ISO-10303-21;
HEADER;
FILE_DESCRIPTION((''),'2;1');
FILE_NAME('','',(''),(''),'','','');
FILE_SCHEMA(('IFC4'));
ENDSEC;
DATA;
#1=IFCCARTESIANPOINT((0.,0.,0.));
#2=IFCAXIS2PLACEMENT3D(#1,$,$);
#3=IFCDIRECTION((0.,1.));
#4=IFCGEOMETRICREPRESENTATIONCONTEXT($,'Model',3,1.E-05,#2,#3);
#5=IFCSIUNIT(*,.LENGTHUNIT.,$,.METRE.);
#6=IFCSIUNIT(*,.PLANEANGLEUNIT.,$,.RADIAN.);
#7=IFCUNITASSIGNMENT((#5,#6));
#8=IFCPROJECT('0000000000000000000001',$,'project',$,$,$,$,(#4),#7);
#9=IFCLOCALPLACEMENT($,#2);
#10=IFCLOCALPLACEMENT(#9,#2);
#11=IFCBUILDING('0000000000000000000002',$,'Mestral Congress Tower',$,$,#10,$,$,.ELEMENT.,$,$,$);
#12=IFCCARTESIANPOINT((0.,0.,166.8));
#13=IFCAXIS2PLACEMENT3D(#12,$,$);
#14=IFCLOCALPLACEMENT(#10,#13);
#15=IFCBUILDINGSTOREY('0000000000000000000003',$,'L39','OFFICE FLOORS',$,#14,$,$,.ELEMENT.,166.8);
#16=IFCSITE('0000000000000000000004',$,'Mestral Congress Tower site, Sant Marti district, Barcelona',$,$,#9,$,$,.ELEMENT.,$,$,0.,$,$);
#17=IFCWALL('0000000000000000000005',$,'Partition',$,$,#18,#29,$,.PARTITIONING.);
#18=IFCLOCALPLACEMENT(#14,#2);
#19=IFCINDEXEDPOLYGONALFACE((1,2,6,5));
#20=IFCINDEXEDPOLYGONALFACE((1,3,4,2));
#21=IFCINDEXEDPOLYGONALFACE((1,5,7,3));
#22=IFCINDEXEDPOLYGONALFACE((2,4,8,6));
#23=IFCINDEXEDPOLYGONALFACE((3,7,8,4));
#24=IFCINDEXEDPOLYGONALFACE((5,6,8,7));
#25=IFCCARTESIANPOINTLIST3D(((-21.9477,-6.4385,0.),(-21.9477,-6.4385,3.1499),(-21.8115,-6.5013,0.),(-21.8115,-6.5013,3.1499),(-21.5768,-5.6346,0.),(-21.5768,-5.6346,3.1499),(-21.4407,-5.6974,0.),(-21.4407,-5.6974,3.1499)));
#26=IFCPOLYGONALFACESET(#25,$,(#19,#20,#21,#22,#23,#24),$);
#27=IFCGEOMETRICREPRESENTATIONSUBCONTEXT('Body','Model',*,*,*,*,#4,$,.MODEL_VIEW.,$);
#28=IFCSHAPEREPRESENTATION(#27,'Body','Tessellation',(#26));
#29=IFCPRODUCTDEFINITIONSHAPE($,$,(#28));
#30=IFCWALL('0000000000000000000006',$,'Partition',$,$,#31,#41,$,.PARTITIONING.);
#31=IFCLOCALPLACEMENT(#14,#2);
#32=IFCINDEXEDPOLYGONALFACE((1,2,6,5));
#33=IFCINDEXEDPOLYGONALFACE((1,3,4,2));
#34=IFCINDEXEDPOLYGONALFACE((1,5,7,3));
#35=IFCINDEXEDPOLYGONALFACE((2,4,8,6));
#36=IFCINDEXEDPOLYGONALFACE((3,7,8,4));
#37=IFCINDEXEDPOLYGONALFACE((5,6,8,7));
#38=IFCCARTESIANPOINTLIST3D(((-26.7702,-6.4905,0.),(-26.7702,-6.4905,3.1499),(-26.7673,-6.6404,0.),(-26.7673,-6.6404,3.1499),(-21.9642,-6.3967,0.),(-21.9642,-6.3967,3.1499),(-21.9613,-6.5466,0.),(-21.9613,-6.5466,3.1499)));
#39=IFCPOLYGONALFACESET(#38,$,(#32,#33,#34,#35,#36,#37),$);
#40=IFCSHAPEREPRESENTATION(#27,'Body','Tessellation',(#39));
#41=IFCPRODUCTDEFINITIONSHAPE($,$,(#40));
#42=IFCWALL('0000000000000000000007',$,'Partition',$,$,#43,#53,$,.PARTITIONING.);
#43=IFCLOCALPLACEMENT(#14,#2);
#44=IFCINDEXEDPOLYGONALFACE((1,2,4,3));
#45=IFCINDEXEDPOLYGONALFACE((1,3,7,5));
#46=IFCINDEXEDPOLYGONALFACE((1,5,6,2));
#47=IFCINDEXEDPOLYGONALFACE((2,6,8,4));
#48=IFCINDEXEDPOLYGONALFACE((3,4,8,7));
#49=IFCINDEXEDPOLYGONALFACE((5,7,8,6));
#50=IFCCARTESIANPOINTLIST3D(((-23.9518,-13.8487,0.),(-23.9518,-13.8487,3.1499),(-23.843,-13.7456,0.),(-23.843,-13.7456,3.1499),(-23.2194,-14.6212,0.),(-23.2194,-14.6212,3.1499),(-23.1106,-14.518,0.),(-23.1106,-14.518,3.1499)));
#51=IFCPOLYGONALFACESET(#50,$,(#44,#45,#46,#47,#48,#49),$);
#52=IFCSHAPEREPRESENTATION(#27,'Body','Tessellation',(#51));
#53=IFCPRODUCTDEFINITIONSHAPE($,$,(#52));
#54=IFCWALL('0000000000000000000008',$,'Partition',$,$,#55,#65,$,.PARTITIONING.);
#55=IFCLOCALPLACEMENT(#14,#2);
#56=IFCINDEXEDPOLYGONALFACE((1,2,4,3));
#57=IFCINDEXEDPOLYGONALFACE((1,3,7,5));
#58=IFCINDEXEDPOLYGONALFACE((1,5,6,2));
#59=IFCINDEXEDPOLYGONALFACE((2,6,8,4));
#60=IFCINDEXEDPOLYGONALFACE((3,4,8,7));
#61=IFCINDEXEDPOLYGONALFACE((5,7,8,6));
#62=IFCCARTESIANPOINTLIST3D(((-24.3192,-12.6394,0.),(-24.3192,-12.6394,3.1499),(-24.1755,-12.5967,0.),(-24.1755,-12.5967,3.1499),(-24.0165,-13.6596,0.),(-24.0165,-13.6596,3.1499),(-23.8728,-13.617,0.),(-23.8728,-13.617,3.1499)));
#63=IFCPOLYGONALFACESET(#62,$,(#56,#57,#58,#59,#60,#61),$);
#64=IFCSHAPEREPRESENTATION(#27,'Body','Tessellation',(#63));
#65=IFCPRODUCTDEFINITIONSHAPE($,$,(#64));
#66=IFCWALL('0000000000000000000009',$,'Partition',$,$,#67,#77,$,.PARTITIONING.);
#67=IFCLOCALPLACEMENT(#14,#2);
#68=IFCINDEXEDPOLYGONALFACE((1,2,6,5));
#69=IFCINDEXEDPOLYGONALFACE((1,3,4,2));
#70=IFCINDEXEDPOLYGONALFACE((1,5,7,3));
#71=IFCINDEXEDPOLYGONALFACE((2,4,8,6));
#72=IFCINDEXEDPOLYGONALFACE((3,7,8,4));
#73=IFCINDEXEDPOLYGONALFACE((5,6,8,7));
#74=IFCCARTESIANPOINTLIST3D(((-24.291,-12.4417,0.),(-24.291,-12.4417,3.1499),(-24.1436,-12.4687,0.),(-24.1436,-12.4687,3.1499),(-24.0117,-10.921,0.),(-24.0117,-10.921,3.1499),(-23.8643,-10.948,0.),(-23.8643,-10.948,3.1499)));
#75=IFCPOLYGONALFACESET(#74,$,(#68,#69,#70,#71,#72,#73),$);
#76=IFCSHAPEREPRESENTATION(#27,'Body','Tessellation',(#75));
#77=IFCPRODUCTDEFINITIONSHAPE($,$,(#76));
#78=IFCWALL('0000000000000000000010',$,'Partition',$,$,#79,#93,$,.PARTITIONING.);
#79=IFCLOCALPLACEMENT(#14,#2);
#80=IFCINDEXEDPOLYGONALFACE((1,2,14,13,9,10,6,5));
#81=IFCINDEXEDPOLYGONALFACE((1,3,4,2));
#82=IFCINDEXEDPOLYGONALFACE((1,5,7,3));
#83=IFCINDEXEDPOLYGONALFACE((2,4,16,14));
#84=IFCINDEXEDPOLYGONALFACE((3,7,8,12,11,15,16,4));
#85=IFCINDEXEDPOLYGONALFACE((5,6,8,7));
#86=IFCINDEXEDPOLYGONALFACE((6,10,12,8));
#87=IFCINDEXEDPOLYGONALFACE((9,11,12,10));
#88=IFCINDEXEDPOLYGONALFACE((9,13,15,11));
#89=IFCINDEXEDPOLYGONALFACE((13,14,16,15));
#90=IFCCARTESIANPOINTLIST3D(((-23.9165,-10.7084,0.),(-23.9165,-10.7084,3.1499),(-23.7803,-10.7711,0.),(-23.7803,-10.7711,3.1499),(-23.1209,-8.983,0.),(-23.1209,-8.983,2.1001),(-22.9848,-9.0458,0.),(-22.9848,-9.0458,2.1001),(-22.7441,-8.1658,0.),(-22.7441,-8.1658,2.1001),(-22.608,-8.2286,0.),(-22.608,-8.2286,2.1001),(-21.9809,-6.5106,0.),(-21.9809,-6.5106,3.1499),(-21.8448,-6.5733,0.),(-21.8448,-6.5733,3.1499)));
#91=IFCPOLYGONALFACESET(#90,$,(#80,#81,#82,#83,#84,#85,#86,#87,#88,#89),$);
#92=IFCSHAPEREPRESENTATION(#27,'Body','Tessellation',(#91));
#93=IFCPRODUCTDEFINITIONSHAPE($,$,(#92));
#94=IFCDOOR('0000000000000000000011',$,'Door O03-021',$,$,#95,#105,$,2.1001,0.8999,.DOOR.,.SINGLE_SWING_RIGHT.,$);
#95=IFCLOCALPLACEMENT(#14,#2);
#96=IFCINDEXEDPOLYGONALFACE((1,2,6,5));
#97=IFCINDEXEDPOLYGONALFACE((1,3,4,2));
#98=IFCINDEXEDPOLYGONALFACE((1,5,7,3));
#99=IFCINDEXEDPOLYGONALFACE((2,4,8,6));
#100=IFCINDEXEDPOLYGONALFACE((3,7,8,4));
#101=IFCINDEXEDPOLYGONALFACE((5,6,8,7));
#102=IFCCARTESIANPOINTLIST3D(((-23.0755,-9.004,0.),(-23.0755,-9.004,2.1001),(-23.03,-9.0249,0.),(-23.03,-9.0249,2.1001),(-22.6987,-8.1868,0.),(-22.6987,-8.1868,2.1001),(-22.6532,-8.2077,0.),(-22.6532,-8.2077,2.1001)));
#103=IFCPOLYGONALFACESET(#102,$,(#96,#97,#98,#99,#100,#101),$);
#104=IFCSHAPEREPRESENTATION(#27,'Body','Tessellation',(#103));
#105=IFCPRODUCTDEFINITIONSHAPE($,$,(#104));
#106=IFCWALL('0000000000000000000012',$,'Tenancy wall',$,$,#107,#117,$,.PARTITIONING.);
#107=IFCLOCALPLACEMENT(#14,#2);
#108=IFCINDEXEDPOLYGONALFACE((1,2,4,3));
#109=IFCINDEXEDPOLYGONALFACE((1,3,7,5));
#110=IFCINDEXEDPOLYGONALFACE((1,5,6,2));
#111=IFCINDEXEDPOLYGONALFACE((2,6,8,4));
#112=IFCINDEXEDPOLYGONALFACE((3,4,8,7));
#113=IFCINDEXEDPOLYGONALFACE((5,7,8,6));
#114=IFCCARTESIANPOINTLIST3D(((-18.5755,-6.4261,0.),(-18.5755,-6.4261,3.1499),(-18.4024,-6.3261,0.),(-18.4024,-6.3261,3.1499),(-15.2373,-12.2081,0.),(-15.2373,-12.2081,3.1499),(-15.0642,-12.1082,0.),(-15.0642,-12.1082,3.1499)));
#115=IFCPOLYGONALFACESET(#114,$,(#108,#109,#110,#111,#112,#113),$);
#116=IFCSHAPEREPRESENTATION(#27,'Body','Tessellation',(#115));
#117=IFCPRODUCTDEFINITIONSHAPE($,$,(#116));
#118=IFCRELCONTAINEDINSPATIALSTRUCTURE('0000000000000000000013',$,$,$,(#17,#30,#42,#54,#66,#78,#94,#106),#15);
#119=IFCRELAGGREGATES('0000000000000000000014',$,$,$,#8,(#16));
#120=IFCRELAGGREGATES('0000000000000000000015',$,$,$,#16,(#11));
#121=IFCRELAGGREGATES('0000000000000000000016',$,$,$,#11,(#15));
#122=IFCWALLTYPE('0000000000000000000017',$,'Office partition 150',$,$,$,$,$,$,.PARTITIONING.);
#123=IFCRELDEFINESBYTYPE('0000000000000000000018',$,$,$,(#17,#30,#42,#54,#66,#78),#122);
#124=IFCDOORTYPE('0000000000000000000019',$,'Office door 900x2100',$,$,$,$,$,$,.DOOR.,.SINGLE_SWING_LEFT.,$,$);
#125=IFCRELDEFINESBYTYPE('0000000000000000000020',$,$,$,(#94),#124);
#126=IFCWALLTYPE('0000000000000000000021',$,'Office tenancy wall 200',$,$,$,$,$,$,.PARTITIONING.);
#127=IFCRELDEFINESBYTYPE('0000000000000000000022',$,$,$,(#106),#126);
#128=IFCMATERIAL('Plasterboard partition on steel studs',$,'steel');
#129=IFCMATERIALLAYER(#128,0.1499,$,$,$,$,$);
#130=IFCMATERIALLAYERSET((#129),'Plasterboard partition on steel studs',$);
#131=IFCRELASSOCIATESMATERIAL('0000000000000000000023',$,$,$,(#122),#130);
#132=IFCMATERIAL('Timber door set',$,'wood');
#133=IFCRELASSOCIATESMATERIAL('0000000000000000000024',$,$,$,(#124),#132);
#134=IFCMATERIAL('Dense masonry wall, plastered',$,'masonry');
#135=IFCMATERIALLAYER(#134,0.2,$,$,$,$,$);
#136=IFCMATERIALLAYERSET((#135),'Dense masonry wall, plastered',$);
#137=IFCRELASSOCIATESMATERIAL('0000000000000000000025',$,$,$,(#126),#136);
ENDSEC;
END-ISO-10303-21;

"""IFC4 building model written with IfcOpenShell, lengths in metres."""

from ifc_helpers import new_model, si_unit, direction, frame, frame_2d, origin, place, context, subcontext, project, spatial, rectangle, extrude, material, layer, layer_set, type_object, element, fill, save


model = new_model("IFC4")

# Units and contexts
model_context = context("Model", 3, precision=1e-05, world=origin(), true_north=direction((0.0, 1.0)))
body_context = subcontext(model_context, "Body", "Model", "MODEL_VIEW")
ifc_project = project(units=[si_unit("LENGTHUNIT", "METRE"), si_unit("PLANEANGLEUNIT", "RADIAN")], contexts=[model_context])

# Site, building, storey
site_placement = place(None, origin())
site = spatial("IfcSite", under=ifc_project, at=site_placement, Name="Mestral Congress Tower site, Sant Marti district, Barcelona", CompositionType="ELEMENT", RefElevation=0.0)
building_placement = place(site_placement, origin())
building = spatial("IfcBuilding", under=site, at=building_placement, Name="Mestral Congress Tower", CompositionType="ELEMENT")
storey_placement = place(building_placement, frame((0.0, 0.0, 166.8)))
storey = spatial("IfcBuildingStorey", under=building, at=storey_placement, Name="L39", Description="OFFICE FLOORS", CompositionType="ELEMENT", Elevation=166.8)

# Shared definitions
ifc_material_1 = material(Name="Plasterboard partition on steel studs", Category="steel")
ifc_layer_1 = layer(ifc_material_1, 0.1499)
ifc_layer_set_1 = layer_set([ifc_layer_1], Name="Plasterboard partition on steel studs")
wall_type_1 = type_object("IfcWallType", Name="Office partition 150", PredefinedType="PARTITIONING", material=ifc_layer_set_1)
ifc_material_2 = material(Name="Timber door set", Category="wood")
door_type = type_object("IfcDoorType", Name="Office door 900x2100", OperationType="SINGLE_SWING_LEFT", PredefinedType="DOOR", material=ifc_material_2)

# Walls
wall_1_placement = place(storey_placement, frame((-21.5088, -5.666, 0.0), z_axis=(0.0, 0.0, 1.0), x_axis=(-0.418866, -0.908048, 0.0)))
element("IfcWall", 1, at=wall_1_placement, inside=storey, type_object=wall_type_1, Name="Partition", PredefinedType="PARTITIONING", context=body_context, shape_type="SweptSolid", body=[
    extrude(rectangle(XDim=0.8853, YDim=0.1499, at=frame_2d((0.4426, 0.0))), origin(), (0.0, 0.0, 1.0), 3.1499),
])
wall_2_placement = place(storey_placement, frame((-21.9629, -6.4717, 0.0), z_axis=(0.0, 0.0, 1.0), x_axis=(-0.99981, -0.019504, 0.0)))
element("IfcWall", 2, at=wall_2_placement, inside=storey, type_object=wall_type_1, Name="Partition", PredefinedType="PARTITIONING", context=body_context, shape_type="SweptSolid", body=[
    extrude(rectangle(XDim=4.8069, YDim=0.1499, at=frame_2d((2.4033, 0.0))), origin(), (0.0, 0.0, 1.0), 3.1499),
])
wall_3_placement = place(storey_placement, frame((-23.165, -14.5696, 0.0), z_axis=(0.0, 0.0, 1.0), x_axis=(-0.68805, 0.725663, 0.0)))
element("IfcWall", 3, at=wall_3_placement, inside=storey, type_object=wall_type_1, Name="Partition", PredefinedType="PARTITIONING", context=body_context, shape_type="SweptSolid", body=[
    extrude(rectangle(XDim=1.0645, YDim=0.1499, at=frame_2d((0.5322, 0.0))), origin(), (0.0, 0.0, 1.0), 3.1499),
])
wall_4_placement = place(storey_placement, frame((-23.9446, -13.6384, 0.0), z_axis=(0.0, 0.0, 1.0), x_axis=(-0.284463, 0.958687, 0.0)))
element("IfcWall", 4, at=wall_4_placement, inside=storey, type_object=wall_type_1, Name="Partition", PredefinedType="PARTITIONING", context=body_context, shape_type="SweptSolid", body=[
    extrude(rectangle(XDim=1.0642, YDim=0.1499, at=frame_2d((0.5322, 0.0))), origin(), (0.0, 0.0, 1.0), 3.1499),
])
wall_5_placement = place(storey_placement, frame((-24.2173, -12.4551, 0.0), z_axis=(0.0, 0.0, 1.0), x_axis=(0.180636, 0.98355, 0.0)))
element("IfcWall", 5, at=wall_5_placement, inside=storey, type_object=wall_type_1, Name="Partition", PredefinedType="PARTITIONING", context=body_context, shape_type="SweptSolid", body=[
    extrude(rectangle(XDim=1.5461, YDim=0.1499, at=frame_2d((0.7729, 0.0))), origin(), (0.0, 0.0, 1.0), 3.1499),
])

# Wall, opening, door
wall_6_placement = place(storey_placement, frame((-23.8484, -10.7397, 0.0), z_axis=(0.0, 0.0, 1.0), x_axis=(0.418723, 0.908114, 0.0)))
wall_6 = element("IfcWall", 6, at=wall_6_placement, inside=storey, type_object=wall_type_1, Name="Partition", PredefinedType="PARTITIONING", context=body_context, shape_type="SweptSolid", body=[
    extrude(rectangle(XDim=4.6226, YDim=0.1499, at=frame_2d((2.3113, 0.0))), origin(), (0.0, 0.0, 1.0), 3.1499),
])
opening_1_placement = place(wall_6_placement, frame((1.8999, 0.0, 0.0)))
opening_1 = element("IfcOpeningElement", 7, at=opening_1_placement, cuts=wall_6, PredefinedType="OPENING", context=body_context, shape_type="SweptSolid", body=[
    extrude(rectangle(XDim=0.8999, YDim=2.1001, at=frame_2d((0.45, 1.05))), frame((0.0, 0.085, 0.0), z_axis=(0.0, -1.0, 0.0), x_axis=(1.0, 0.0, 0.0)), (0.0, 0.0, 1.0), 0.1699),
])
door_1_placement = place(opening_1_placement, origin())
door_1 = element("IfcDoor", 8, at=door_1_placement, inside=storey, type_object=door_type, Name="Door O03-021", OperationType="SINGLE_SWING_RIGHT", OverallHeight=2.1001, OverallWidth=0.8999, PredefinedType="DOOR", context=body_context, shape_type="SweptSolid", body=[
    extrude(rectangle(XDim=0.8999, YDim=2.1001, at=frame_2d((0.45, 1.05))), frame((0.0, 0.0249, 0.0), z_axis=(0.0, -1.0, 0.0), x_axis=(1.0, 0.0, 0.0)), (0.0, 0.0, 1.0), 0.05),
])
fill(opening_1, door_1)

# Wall
ifc_material_3 = material(Name="Dense masonry wall, plastered", Category="masonry")
ifc_layer_2 = layer(ifc_material_3, 0.2)
ifc_layer_set_2 = layer_set([ifc_layer_2], Name="Dense masonry wall, plastered")
wall_type_2 = type_object("IfcWallType", Name="Office tenancy wall 200", PredefinedType="PARTITIONING", material=ifc_layer_set_2)
wall_7_placement = place(storey_placement, frame((-18.489, -6.376, 0.0), z_axis=(0.0, 0.0, 1.0), x_axis=(0.499989, -0.866032, 0.0)))
element("IfcWall", 9, at=wall_7_placement, inside=storey, type_object=wall_type_2, Name="Tenancy wall", PredefinedType="PARTITIONING", context=body_context, shape_type="SweptSolid", body=[
    extrude(rectangle(XDim=6.6765, YDim=0.2, at=frame_2d((3.3384, 0.0))), origin(), (0.0, 0.0, 1.0), 3.1499),
])

save(model, "model.ifc")
